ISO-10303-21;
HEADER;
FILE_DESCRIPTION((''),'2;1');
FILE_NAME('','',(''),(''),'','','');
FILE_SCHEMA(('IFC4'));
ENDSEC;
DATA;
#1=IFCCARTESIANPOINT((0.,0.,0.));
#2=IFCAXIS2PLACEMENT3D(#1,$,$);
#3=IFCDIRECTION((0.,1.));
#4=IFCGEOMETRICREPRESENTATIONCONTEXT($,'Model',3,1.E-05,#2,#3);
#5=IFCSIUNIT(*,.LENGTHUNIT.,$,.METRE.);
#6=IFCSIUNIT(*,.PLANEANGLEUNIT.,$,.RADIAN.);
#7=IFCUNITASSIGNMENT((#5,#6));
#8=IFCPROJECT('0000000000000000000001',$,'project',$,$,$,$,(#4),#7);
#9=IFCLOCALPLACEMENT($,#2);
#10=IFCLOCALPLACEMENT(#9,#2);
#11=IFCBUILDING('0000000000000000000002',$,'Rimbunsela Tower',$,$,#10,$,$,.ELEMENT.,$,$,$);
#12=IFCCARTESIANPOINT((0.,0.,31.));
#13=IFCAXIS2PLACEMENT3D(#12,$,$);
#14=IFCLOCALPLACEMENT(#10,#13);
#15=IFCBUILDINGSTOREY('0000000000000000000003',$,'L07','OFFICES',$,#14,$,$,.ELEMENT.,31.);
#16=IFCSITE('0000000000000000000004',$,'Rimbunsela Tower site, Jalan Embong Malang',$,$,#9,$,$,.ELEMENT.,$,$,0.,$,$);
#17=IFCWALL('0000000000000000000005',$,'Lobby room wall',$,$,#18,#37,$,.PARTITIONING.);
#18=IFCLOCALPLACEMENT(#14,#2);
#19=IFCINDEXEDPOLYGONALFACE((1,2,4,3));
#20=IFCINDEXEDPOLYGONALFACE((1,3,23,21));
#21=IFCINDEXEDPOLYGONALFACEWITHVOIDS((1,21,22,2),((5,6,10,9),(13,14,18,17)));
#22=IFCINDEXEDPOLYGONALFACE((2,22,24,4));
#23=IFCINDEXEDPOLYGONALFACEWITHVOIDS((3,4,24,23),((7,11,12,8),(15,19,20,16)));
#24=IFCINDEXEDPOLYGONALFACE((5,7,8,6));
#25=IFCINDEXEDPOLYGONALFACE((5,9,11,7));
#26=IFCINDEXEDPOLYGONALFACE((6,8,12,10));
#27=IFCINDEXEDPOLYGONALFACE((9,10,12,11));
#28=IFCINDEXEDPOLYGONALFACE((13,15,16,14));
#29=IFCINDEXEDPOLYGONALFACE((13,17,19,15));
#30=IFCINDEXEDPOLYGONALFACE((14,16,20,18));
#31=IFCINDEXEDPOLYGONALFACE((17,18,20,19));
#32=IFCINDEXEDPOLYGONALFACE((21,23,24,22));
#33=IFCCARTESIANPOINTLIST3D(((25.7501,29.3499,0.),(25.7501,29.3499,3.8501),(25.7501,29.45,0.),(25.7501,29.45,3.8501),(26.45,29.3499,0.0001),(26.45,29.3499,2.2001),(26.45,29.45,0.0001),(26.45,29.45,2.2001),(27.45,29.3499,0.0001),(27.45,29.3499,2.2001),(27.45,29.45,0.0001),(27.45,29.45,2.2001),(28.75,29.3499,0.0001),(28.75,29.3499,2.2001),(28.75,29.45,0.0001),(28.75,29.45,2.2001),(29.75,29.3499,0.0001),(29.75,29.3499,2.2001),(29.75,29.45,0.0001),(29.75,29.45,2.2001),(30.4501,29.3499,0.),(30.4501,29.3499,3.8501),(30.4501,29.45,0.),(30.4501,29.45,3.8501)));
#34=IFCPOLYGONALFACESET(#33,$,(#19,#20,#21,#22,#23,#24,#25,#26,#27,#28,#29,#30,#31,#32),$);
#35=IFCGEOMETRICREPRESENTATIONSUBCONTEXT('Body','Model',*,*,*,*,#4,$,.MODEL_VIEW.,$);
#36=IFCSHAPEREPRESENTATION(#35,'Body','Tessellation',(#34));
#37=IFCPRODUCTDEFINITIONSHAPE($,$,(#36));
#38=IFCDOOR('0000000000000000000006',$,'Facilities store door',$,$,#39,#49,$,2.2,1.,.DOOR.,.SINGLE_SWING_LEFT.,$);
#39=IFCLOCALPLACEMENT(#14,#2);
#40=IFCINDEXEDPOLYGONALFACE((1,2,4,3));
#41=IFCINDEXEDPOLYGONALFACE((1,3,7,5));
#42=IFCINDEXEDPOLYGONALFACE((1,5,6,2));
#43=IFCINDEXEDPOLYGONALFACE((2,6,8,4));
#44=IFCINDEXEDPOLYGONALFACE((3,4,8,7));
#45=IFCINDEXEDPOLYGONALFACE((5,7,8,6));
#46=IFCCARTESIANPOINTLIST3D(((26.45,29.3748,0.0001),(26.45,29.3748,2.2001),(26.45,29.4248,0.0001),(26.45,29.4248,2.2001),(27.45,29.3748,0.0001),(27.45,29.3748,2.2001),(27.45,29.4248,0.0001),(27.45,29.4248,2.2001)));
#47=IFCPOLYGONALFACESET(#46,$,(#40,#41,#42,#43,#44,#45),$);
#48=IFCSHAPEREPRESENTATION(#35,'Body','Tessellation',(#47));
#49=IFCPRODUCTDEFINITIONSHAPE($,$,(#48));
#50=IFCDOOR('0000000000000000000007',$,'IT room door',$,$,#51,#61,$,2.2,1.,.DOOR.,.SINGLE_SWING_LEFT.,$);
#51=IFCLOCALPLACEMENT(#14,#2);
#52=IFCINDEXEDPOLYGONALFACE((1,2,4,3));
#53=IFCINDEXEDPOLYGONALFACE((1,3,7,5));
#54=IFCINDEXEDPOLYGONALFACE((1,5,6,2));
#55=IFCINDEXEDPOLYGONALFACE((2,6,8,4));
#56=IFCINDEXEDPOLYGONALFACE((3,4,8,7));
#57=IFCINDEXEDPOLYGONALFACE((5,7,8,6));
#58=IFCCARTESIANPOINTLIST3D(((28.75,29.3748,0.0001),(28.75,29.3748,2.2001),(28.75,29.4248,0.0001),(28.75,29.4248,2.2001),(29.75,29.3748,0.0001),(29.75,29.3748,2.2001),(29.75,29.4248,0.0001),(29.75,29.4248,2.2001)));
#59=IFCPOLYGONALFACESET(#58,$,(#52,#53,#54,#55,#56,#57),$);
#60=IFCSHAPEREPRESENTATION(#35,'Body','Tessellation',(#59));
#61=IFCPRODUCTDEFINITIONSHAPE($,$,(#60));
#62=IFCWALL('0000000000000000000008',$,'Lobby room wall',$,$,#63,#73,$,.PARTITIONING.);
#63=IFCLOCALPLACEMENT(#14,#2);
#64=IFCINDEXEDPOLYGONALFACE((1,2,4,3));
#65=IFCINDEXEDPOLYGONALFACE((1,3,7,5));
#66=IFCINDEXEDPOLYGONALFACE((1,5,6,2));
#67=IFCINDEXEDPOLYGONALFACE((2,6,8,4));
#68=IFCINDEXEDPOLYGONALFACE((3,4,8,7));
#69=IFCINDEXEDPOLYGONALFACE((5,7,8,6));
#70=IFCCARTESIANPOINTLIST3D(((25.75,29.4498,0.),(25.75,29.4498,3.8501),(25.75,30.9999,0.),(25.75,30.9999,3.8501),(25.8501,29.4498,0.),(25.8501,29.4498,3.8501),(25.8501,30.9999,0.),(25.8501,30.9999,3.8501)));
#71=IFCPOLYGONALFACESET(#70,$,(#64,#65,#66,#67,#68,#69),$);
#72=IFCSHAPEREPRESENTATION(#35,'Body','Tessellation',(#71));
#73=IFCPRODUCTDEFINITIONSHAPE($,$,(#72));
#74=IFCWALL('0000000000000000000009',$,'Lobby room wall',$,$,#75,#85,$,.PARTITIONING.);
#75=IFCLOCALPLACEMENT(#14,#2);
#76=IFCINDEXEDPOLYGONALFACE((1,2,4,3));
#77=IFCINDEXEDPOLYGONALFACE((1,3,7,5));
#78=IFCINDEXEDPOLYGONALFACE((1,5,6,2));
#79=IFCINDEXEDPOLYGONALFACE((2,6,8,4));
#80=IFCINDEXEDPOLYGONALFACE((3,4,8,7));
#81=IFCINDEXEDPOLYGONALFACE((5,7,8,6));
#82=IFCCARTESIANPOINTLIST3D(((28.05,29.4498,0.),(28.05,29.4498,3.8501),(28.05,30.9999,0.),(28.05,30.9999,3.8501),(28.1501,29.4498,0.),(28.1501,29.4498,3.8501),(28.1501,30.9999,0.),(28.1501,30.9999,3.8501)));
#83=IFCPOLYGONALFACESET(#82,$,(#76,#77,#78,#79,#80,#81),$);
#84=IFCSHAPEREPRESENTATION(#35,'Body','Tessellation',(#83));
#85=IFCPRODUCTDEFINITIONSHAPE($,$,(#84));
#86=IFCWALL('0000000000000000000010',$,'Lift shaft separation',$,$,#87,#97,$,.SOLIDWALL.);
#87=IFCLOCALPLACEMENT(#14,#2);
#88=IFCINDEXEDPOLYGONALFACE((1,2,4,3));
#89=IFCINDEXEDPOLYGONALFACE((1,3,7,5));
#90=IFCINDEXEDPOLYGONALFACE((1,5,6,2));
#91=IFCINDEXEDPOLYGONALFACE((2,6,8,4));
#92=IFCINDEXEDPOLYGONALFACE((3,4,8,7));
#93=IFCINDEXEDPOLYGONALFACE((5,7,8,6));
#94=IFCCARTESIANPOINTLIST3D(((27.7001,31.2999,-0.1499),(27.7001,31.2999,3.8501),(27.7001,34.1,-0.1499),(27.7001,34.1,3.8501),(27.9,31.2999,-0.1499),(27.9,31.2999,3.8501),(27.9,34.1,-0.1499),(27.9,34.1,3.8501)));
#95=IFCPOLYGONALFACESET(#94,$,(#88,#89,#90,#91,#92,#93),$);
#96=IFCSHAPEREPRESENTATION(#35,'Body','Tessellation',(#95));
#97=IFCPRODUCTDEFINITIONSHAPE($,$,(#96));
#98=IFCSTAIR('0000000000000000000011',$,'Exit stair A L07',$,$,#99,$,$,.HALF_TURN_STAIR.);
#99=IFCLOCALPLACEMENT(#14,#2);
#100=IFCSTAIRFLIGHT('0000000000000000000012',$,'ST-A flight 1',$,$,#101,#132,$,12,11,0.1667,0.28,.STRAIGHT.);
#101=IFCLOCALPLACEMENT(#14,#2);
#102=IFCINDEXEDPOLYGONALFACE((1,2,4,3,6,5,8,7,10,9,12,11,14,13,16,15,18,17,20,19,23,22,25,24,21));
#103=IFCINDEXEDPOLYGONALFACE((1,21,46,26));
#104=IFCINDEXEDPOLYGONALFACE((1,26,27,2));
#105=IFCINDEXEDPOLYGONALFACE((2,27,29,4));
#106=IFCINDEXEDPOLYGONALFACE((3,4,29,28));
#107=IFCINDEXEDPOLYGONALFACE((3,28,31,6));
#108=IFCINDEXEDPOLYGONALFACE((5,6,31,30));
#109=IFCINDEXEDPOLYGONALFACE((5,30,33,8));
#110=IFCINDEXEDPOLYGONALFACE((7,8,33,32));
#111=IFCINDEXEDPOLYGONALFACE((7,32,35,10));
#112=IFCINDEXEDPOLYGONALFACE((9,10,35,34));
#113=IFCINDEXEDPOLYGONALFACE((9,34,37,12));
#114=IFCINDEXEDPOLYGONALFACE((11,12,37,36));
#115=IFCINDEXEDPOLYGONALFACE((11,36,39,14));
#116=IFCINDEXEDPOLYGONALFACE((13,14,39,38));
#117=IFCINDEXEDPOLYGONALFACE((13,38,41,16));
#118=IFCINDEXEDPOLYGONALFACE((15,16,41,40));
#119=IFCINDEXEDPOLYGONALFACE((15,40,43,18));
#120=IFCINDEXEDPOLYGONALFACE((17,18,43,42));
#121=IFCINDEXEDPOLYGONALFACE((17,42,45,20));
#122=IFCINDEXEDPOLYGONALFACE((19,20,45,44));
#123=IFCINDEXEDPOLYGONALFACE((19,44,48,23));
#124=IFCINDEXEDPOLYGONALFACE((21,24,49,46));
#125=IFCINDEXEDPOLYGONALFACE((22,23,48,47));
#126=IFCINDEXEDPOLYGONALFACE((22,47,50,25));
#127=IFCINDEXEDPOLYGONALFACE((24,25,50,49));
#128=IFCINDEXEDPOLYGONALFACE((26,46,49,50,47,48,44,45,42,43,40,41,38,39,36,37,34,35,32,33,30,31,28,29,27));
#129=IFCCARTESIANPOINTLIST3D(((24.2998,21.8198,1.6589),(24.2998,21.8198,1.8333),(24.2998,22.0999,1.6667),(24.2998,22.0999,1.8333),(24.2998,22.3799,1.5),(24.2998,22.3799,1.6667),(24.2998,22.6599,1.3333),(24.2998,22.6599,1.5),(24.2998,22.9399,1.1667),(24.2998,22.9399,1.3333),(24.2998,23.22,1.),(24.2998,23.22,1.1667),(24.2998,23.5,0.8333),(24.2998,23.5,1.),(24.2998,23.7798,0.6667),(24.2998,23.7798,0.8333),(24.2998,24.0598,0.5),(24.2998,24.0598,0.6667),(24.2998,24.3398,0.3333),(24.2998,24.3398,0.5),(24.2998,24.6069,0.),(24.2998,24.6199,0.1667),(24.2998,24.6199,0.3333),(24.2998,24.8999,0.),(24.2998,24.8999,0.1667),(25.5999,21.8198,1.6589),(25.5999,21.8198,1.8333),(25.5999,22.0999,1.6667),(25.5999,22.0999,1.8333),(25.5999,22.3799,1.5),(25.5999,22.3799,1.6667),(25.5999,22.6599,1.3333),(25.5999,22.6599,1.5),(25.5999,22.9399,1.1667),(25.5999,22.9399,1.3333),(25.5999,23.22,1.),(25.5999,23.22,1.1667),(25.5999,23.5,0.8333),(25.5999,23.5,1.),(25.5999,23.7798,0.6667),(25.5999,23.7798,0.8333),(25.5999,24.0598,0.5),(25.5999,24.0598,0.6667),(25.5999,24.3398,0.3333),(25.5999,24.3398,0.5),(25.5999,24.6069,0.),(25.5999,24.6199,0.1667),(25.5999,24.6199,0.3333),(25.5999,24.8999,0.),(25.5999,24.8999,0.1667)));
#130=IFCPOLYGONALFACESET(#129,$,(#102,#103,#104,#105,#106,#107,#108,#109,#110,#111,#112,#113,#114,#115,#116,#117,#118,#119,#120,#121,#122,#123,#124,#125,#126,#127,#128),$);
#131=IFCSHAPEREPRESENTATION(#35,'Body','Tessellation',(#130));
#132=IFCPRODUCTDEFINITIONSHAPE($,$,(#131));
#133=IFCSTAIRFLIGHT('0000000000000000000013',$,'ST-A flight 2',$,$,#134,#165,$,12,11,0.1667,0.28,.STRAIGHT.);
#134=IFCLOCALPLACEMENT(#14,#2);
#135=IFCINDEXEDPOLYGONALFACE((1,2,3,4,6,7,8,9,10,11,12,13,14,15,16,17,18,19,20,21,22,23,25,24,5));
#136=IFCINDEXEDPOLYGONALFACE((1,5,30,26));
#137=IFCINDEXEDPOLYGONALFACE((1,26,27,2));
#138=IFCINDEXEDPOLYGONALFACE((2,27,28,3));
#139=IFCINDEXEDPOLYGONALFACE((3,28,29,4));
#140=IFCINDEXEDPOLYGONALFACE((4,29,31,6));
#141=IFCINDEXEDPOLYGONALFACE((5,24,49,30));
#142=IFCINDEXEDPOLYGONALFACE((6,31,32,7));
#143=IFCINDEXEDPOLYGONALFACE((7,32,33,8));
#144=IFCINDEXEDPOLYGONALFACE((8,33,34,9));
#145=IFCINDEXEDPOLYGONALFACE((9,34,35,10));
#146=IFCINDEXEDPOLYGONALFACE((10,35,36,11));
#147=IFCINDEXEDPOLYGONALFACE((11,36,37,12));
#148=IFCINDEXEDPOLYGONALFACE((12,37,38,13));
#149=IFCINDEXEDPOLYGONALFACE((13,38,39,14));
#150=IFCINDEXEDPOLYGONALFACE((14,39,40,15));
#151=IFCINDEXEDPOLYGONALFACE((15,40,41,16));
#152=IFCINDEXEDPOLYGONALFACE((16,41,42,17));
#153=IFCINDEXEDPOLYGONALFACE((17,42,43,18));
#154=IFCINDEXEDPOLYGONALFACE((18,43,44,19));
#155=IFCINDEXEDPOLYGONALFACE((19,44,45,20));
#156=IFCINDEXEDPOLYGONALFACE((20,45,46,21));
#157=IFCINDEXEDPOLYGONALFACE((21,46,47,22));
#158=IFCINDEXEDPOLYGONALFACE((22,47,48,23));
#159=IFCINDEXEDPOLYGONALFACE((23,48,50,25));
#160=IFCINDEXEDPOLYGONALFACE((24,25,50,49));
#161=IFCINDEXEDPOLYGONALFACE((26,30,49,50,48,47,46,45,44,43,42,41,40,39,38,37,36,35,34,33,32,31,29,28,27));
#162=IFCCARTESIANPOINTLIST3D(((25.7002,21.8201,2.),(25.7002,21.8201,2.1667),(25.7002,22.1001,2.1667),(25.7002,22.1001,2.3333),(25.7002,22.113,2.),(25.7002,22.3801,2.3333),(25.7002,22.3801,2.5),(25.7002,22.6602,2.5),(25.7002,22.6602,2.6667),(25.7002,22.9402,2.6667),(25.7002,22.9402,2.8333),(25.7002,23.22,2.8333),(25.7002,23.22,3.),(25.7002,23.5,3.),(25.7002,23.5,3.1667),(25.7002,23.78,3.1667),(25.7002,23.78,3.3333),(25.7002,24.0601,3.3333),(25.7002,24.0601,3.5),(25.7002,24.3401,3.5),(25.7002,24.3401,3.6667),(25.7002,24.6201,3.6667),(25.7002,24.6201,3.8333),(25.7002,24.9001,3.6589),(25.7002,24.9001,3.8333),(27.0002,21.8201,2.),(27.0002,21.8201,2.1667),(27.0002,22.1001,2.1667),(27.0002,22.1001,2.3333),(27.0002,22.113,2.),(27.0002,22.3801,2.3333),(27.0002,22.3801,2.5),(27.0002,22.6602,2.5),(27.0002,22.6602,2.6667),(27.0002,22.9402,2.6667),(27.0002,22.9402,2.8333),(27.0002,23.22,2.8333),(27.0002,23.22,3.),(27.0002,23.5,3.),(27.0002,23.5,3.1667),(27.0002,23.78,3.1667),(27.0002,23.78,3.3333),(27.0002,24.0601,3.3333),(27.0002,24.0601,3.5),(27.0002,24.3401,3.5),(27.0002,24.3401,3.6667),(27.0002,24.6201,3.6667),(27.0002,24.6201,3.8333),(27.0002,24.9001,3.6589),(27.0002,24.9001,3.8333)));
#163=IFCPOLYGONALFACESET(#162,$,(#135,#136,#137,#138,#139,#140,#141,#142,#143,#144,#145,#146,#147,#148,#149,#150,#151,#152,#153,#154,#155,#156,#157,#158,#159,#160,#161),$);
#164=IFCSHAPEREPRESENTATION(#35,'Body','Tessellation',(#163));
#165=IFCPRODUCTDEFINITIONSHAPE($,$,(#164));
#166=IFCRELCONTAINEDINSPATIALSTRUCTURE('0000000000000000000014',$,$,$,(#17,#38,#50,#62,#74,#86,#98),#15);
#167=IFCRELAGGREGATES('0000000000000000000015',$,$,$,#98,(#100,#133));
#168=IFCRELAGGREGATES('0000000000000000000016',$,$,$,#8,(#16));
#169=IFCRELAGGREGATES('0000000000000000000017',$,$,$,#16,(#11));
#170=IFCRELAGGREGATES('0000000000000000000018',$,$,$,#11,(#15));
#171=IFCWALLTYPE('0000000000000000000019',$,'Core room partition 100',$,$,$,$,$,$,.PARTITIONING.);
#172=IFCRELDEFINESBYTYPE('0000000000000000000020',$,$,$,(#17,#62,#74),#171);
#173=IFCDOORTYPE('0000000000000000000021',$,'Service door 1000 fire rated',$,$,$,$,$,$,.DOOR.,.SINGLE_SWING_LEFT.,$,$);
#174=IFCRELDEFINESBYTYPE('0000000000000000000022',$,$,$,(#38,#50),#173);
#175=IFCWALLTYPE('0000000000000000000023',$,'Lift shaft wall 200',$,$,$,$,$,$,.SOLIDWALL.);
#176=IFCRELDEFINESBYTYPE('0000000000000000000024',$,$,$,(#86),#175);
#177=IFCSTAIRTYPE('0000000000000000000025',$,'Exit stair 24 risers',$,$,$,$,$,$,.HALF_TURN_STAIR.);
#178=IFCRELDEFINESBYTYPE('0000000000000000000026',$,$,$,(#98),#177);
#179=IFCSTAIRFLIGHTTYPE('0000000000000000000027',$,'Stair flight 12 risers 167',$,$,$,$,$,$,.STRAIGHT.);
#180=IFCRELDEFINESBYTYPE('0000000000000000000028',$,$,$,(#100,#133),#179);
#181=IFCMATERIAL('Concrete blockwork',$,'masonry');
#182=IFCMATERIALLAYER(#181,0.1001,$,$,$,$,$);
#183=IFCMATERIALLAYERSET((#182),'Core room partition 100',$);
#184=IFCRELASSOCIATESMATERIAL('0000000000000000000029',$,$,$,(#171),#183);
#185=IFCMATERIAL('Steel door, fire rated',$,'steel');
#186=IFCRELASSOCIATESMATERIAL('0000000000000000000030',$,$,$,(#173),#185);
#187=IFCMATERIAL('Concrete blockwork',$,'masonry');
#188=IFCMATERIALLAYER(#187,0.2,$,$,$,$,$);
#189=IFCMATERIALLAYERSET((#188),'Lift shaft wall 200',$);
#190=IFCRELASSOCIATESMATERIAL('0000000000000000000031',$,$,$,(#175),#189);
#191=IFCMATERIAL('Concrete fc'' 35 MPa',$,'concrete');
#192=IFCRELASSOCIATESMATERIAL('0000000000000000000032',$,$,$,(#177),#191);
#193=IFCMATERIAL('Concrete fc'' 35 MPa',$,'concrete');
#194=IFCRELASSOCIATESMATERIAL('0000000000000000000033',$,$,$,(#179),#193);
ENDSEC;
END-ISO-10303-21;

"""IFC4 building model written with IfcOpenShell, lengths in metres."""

from ifc_helpers import new_model, si_unit, direction, frame, frame_2d, origin, place, context, subcontext, project, spatial, polyline, rectangle, outline, extrude, material, layer, layer_set, type_object, element, fill, aggregate, save


model = new_model("IFC4")

# Units and contexts
model_context = context("Model", 3, precision=1e-05, world=origin(), true_north=direction((0.0, 1.0)))
body_context = subcontext(model_context, "Body", "Model", "MODEL_VIEW")
ifc_project = project(units=[si_unit("LENGTHUNIT", "METRE"), si_unit("PLANEANGLEUNIT", "RADIAN")], contexts=[model_context])

# Site, building, storey
site_placement = place(None, origin())
site = spatial("IfcSite", under=ifc_project, at=site_placement, Name="Rimbunsela Tower site, Jalan Embong Malang", CompositionType="ELEMENT", RefElevation=0.0)
building_placement = place(site_placement, origin())
building = spatial("IfcBuilding", under=site, at=building_placement, Name="Rimbunsela Tower", CompositionType="ELEMENT")
storey_placement = place(building_placement, frame((0.0, 0.0, 31.0)))
storey = spatial("IfcBuildingStorey", under=building, at=storey_placement, Name="L07", Description="OFFICES", CompositionType="ELEMENT", Elevation=31.0)

# Wall, openings, doors
ifc_material_1 = material(Name="Concrete blockwork", Category="masonry")
ifc_layer_1 = layer(ifc_material_1, 0.1001)
ifc_layer_set_1 = layer_set([ifc_layer_1], Name="Core room partition 100")
wall_type_1 = type_object("IfcWallType", Name="Core room partition 100", PredefinedType="PARTITIONING", material=ifc_layer_set_1)
wall_1_placement = place(storey_placement, frame((25.75, 29.3999, 0.0), z_axis=(0.0, 0.0, 1.0), x_axis=(1.0, 0.0, 0.0)))
wall_1 = element("IfcWall", 1, at=wall_1_placement, inside=storey, type_object=wall_type_1, Name="Lobby room wall", PredefinedType="PARTITIONING", context=body_context, shape_type="SweptSolid", body=[
    extrude(rectangle(XDim=4.7, YDim=0.1001, at=frame_2d((2.3501, 0.0))), origin(), (0.0, 0.0, 1.0), 3.8501),
])
opening_1_placement = place(wall_1_placement, frame((0.7, 0.0, 0.0)))
opening_1 = element("IfcOpeningElement", 2, at=opening_1_placement, cuts=wall_1, PredefinedType="OPENING", context=body_context, shape_type="SweptSolid", body=[
    extrude(rectangle(XDim=1.0, YDim=2.2, at=frame_2d((0.5, 1.1001))), frame((0.0, 0.0601, 0.0), z_axis=(0.0, -1.0, 0.0), x_axis=(1.0, 0.0, 0.0)), (0.0, 0.0, 1.0), 0.1201),
])
opening_2_placement = place(wall_1_placement, frame((3.0, 0.0, 0.0)))
opening_2 = element("IfcOpeningElement", 3, at=opening_2_placement, cuts=wall_1, PredefinedType="OPENING", context=body_context, shape_type="SweptSolid", body=[
    extrude(rectangle(XDim=1.0, YDim=2.2, at=frame_2d((0.5, 1.1001))), frame((0.0, 0.0601, 0.0), z_axis=(0.0, -1.0, 0.0), x_axis=(1.0, 0.0, 0.0)), (0.0, 0.0, 1.0), 0.1201),
])
ifc_material_2 = material(Name="Steel door, fire rated", Category="steel")
door_type_1 = type_object("IfcDoorType", Name="Service door 1000 fire rated", OperationType="SINGLE_SWING_LEFT", PredefinedType="DOOR", material=ifc_material_2)
door_1_placement = place(opening_1_placement, origin())
door_1 = element("IfcDoor", 4, at=door_1_placement, inside=storey, type_object=door_type_1, Name="Facilities store door", OperationType="SINGLE_SWING_LEFT", OverallHeight=2.2, OverallWidth=1.0, PredefinedType="DOOR", context=body_context, shape_type="SweptSolid", body=[
    extrude(rectangle(XDim=1.0, YDim=2.2, at=frame_2d((0.5, 1.1001))), frame((0.0, 0.0249, 0.0), z_axis=(0.0, -1.0, 0.0), x_axis=(1.0, 0.0, 0.0)), (0.0, 0.0, 1.0), 0.05),
])
fill(opening_1, door_1)
door_2_placement = place(opening_2_placement, origin())
door_2 = element("IfcDoor", 5, at=door_2_placement, inside=storey, type_object=door_type_1, Name="IT room door", OperationType="SINGLE_SWING_LEFT", OverallHeight=2.2, OverallWidth=1.0, PredefinedType="DOOR", context=body_context, shape_type="SweptSolid", body=[
    extrude(rectangle(XDim=1.0, YDim=2.2, at=frame_2d((0.5, 1.1001))), frame((0.0, 0.0249, 0.0), z_axis=(0.0, -1.0, 0.0), x_axis=(1.0, 0.0, 0.0)), (0.0, 0.0, 1.0), 0.05),
])
fill(opening_2, door_2)

# Walls
for number, where, z_axis, x_axis, name in (
    (6, (25.8, 29.45, 0.0), (0.0, 0.0, 1.0), (0.0, 1.0, 0.0), "Lobby room wall"),
    (7, (28.1001, 29.45, 0.0), (0.0, 0.0, 1.0), (0.0, 1.0, 0.0), "Lobby room wall"),
):
    element("IfcWall", number, at=place(storey_placement, frame(where, z_axis=z_axis, x_axis=x_axis)), inside=storey, type_object=wall_type_1, Name=name, PredefinedType="PARTITIONING", context=body_context, shape_type="SweptSolid", body=[
        extrude(rectangle(XDim=1.55, YDim=0.1001, at=frame_2d((0.7749, 0.0))), origin(), (0.0, 0.0, 1.0), 3.8501),
    ])
ifc_material_3 = material(Name="Concrete blockwork", Category="masonry")
ifc_layer_2 = layer(ifc_material_3, 0.2)
ifc_layer_set_2 = layer_set([ifc_layer_2], Name="Lift shaft wall 200")
wall_type_2 = type_object("IfcWallType", Name="Lift shaft wall 200", PredefinedType="SOLIDWALL", material=ifc_layer_set_2)
wall_2_placement = place(storey_placement, frame((27.8, 31.3, -0.1499), z_axis=(0.0, 0.0, 1.0), x_axis=(0.0, 1.0, 0.0)))
element("IfcWall", 8, at=wall_2_placement, inside=storey, type_object=wall_type_2, Name="Lift shaft separation", PredefinedType="SOLIDWALL", context=body_context, shape_type="SweptSolid", body=[
    extrude(rectangle(XDim=2.8, YDim=0.2, at=frame_2d((1.3999, 0.0))), origin(), (0.0, 0.0, 1.0), 4.0),
])

# Stair, stair flights
ifc_material_4 = material(Name="Concrete fc' 35 MPa", Category="concrete")
stair_type = type_object("IfcStairType", Name="Exit stair 24 risers", PredefinedType="HALF_TURN_STAIR", material=ifc_material_4)
stair_placement = place(storey_placement, origin())
stair = element("IfcStair", 9, at=stair_placement, inside=storey, type_object=stair_type, Name="Exit stair A L07", PredefinedType="HALF_TURN_STAIR")
ifc_material_5 = material(Name="Concrete fc' 35 MPa", Category="concrete")
stair_flight_type = type_object("IfcStairFlightType", Name="Stair flight 12 risers 167", PredefinedType="STRAIGHT", material=ifc_material_5)
stair_flight_1_placement = place(storey_placement, frame((24.95, 24.8999, 0.0), z_axis=(0.0, 0.0, 1.0), x_axis=(0.0, -1.0, 0.0)))
stair_flight_1 = element("IfcStairFlight", 10, at=stair_flight_1_placement, type_object=stair_flight_type, Name="ST-A flight 1", NumberOfRisers=12, NumberOfTreads=11, PredefinedType="STRAIGHT", RiserHeight=0.1667, TreadLength=0.28, context=body_context, shape_type="SweptSolid", body=[
    extrude(outline(polyline([(0.0, 0.0), (0.0, 0.1667), (0.28, 0.1667), (0.28, 0.3333), (0.5601, 0.3333), (0.5601, 0.5), (0.8401, 0.5), (0.8401, 0.6667), (1.1201, 0.6667), (1.1201, 0.8333), (1.3999, 0.8333), (1.3999, 1.0), (1.6799, 1.0), (1.6799, 1.1667), (1.96, 1.1667), (1.96, 1.3333), (2.24, 1.3333), (2.24, 1.5), (2.52, 1.5), (2.52, 1.6667), (2.8, 1.6667), (2.8, 1.8333), (3.0801, 1.8333), (3.0801, 2.0), (3.0801, 1.6589), (0.293, 0.0), (0.0, 0.0)])), frame((0.0, 0.6499, 0.0), z_axis=(0.0, -1.0, 0.0), x_axis=(1.0, 0.0, 0.0)), (0.0, 0.0, 1.0), 1.3),
])
stair_flight_2_placement = place(storey_placement, frame((26.3501, 21.8201, 2.0), z_axis=(0.0, 0.0, 1.0), x_axis=(0.0, 1.0, 0.0)))
stair_flight_2 = element("IfcStairFlight", 11, at=stair_flight_2_placement, type_object=stair_flight_type, Name="ST-A flight 2", NumberOfRisers=12, NumberOfTreads=11, PredefinedType="STRAIGHT", RiserHeight=0.1667, TreadLength=0.28, context=body_context, shape_type="SweptSolid", body=[
    extrude(outline(polyline([(0.0, 0.0), (0.0, 0.1667), (0.28, 0.1667), (0.28, 0.3333), (0.5601, 0.3333), (0.5601, 0.5), (0.8401, 0.5), (0.8401, 0.6667), (1.1201, 0.6667), (1.1201, 0.8333), (1.3999, 0.8333), (1.3999, 1.0), (1.6799, 1.0), (1.6799, 1.1667), (1.96, 1.1667), (1.96, 1.3333), (2.24, 1.3333), (2.24, 1.5), (2.52, 1.5), (2.52, 1.6667), (2.8, 1.6667), (2.8, 1.8333), (3.0801, 1.8333), (3.0801, 2.0), (3.0801, 1.6589), (0.293, 0.0), (0.0, 0.0)])), frame((0.0, 0.6499, 0.0), z_axis=(0.0, -1.0, 0.0), x_axis=(1.0, 0.0, 0.0)), (0.0, 0.0, 1.0), 1.3),
])
aggregate(stair, [stair_flight_1, stair_flight_2])

save(model, "model.ifc")
